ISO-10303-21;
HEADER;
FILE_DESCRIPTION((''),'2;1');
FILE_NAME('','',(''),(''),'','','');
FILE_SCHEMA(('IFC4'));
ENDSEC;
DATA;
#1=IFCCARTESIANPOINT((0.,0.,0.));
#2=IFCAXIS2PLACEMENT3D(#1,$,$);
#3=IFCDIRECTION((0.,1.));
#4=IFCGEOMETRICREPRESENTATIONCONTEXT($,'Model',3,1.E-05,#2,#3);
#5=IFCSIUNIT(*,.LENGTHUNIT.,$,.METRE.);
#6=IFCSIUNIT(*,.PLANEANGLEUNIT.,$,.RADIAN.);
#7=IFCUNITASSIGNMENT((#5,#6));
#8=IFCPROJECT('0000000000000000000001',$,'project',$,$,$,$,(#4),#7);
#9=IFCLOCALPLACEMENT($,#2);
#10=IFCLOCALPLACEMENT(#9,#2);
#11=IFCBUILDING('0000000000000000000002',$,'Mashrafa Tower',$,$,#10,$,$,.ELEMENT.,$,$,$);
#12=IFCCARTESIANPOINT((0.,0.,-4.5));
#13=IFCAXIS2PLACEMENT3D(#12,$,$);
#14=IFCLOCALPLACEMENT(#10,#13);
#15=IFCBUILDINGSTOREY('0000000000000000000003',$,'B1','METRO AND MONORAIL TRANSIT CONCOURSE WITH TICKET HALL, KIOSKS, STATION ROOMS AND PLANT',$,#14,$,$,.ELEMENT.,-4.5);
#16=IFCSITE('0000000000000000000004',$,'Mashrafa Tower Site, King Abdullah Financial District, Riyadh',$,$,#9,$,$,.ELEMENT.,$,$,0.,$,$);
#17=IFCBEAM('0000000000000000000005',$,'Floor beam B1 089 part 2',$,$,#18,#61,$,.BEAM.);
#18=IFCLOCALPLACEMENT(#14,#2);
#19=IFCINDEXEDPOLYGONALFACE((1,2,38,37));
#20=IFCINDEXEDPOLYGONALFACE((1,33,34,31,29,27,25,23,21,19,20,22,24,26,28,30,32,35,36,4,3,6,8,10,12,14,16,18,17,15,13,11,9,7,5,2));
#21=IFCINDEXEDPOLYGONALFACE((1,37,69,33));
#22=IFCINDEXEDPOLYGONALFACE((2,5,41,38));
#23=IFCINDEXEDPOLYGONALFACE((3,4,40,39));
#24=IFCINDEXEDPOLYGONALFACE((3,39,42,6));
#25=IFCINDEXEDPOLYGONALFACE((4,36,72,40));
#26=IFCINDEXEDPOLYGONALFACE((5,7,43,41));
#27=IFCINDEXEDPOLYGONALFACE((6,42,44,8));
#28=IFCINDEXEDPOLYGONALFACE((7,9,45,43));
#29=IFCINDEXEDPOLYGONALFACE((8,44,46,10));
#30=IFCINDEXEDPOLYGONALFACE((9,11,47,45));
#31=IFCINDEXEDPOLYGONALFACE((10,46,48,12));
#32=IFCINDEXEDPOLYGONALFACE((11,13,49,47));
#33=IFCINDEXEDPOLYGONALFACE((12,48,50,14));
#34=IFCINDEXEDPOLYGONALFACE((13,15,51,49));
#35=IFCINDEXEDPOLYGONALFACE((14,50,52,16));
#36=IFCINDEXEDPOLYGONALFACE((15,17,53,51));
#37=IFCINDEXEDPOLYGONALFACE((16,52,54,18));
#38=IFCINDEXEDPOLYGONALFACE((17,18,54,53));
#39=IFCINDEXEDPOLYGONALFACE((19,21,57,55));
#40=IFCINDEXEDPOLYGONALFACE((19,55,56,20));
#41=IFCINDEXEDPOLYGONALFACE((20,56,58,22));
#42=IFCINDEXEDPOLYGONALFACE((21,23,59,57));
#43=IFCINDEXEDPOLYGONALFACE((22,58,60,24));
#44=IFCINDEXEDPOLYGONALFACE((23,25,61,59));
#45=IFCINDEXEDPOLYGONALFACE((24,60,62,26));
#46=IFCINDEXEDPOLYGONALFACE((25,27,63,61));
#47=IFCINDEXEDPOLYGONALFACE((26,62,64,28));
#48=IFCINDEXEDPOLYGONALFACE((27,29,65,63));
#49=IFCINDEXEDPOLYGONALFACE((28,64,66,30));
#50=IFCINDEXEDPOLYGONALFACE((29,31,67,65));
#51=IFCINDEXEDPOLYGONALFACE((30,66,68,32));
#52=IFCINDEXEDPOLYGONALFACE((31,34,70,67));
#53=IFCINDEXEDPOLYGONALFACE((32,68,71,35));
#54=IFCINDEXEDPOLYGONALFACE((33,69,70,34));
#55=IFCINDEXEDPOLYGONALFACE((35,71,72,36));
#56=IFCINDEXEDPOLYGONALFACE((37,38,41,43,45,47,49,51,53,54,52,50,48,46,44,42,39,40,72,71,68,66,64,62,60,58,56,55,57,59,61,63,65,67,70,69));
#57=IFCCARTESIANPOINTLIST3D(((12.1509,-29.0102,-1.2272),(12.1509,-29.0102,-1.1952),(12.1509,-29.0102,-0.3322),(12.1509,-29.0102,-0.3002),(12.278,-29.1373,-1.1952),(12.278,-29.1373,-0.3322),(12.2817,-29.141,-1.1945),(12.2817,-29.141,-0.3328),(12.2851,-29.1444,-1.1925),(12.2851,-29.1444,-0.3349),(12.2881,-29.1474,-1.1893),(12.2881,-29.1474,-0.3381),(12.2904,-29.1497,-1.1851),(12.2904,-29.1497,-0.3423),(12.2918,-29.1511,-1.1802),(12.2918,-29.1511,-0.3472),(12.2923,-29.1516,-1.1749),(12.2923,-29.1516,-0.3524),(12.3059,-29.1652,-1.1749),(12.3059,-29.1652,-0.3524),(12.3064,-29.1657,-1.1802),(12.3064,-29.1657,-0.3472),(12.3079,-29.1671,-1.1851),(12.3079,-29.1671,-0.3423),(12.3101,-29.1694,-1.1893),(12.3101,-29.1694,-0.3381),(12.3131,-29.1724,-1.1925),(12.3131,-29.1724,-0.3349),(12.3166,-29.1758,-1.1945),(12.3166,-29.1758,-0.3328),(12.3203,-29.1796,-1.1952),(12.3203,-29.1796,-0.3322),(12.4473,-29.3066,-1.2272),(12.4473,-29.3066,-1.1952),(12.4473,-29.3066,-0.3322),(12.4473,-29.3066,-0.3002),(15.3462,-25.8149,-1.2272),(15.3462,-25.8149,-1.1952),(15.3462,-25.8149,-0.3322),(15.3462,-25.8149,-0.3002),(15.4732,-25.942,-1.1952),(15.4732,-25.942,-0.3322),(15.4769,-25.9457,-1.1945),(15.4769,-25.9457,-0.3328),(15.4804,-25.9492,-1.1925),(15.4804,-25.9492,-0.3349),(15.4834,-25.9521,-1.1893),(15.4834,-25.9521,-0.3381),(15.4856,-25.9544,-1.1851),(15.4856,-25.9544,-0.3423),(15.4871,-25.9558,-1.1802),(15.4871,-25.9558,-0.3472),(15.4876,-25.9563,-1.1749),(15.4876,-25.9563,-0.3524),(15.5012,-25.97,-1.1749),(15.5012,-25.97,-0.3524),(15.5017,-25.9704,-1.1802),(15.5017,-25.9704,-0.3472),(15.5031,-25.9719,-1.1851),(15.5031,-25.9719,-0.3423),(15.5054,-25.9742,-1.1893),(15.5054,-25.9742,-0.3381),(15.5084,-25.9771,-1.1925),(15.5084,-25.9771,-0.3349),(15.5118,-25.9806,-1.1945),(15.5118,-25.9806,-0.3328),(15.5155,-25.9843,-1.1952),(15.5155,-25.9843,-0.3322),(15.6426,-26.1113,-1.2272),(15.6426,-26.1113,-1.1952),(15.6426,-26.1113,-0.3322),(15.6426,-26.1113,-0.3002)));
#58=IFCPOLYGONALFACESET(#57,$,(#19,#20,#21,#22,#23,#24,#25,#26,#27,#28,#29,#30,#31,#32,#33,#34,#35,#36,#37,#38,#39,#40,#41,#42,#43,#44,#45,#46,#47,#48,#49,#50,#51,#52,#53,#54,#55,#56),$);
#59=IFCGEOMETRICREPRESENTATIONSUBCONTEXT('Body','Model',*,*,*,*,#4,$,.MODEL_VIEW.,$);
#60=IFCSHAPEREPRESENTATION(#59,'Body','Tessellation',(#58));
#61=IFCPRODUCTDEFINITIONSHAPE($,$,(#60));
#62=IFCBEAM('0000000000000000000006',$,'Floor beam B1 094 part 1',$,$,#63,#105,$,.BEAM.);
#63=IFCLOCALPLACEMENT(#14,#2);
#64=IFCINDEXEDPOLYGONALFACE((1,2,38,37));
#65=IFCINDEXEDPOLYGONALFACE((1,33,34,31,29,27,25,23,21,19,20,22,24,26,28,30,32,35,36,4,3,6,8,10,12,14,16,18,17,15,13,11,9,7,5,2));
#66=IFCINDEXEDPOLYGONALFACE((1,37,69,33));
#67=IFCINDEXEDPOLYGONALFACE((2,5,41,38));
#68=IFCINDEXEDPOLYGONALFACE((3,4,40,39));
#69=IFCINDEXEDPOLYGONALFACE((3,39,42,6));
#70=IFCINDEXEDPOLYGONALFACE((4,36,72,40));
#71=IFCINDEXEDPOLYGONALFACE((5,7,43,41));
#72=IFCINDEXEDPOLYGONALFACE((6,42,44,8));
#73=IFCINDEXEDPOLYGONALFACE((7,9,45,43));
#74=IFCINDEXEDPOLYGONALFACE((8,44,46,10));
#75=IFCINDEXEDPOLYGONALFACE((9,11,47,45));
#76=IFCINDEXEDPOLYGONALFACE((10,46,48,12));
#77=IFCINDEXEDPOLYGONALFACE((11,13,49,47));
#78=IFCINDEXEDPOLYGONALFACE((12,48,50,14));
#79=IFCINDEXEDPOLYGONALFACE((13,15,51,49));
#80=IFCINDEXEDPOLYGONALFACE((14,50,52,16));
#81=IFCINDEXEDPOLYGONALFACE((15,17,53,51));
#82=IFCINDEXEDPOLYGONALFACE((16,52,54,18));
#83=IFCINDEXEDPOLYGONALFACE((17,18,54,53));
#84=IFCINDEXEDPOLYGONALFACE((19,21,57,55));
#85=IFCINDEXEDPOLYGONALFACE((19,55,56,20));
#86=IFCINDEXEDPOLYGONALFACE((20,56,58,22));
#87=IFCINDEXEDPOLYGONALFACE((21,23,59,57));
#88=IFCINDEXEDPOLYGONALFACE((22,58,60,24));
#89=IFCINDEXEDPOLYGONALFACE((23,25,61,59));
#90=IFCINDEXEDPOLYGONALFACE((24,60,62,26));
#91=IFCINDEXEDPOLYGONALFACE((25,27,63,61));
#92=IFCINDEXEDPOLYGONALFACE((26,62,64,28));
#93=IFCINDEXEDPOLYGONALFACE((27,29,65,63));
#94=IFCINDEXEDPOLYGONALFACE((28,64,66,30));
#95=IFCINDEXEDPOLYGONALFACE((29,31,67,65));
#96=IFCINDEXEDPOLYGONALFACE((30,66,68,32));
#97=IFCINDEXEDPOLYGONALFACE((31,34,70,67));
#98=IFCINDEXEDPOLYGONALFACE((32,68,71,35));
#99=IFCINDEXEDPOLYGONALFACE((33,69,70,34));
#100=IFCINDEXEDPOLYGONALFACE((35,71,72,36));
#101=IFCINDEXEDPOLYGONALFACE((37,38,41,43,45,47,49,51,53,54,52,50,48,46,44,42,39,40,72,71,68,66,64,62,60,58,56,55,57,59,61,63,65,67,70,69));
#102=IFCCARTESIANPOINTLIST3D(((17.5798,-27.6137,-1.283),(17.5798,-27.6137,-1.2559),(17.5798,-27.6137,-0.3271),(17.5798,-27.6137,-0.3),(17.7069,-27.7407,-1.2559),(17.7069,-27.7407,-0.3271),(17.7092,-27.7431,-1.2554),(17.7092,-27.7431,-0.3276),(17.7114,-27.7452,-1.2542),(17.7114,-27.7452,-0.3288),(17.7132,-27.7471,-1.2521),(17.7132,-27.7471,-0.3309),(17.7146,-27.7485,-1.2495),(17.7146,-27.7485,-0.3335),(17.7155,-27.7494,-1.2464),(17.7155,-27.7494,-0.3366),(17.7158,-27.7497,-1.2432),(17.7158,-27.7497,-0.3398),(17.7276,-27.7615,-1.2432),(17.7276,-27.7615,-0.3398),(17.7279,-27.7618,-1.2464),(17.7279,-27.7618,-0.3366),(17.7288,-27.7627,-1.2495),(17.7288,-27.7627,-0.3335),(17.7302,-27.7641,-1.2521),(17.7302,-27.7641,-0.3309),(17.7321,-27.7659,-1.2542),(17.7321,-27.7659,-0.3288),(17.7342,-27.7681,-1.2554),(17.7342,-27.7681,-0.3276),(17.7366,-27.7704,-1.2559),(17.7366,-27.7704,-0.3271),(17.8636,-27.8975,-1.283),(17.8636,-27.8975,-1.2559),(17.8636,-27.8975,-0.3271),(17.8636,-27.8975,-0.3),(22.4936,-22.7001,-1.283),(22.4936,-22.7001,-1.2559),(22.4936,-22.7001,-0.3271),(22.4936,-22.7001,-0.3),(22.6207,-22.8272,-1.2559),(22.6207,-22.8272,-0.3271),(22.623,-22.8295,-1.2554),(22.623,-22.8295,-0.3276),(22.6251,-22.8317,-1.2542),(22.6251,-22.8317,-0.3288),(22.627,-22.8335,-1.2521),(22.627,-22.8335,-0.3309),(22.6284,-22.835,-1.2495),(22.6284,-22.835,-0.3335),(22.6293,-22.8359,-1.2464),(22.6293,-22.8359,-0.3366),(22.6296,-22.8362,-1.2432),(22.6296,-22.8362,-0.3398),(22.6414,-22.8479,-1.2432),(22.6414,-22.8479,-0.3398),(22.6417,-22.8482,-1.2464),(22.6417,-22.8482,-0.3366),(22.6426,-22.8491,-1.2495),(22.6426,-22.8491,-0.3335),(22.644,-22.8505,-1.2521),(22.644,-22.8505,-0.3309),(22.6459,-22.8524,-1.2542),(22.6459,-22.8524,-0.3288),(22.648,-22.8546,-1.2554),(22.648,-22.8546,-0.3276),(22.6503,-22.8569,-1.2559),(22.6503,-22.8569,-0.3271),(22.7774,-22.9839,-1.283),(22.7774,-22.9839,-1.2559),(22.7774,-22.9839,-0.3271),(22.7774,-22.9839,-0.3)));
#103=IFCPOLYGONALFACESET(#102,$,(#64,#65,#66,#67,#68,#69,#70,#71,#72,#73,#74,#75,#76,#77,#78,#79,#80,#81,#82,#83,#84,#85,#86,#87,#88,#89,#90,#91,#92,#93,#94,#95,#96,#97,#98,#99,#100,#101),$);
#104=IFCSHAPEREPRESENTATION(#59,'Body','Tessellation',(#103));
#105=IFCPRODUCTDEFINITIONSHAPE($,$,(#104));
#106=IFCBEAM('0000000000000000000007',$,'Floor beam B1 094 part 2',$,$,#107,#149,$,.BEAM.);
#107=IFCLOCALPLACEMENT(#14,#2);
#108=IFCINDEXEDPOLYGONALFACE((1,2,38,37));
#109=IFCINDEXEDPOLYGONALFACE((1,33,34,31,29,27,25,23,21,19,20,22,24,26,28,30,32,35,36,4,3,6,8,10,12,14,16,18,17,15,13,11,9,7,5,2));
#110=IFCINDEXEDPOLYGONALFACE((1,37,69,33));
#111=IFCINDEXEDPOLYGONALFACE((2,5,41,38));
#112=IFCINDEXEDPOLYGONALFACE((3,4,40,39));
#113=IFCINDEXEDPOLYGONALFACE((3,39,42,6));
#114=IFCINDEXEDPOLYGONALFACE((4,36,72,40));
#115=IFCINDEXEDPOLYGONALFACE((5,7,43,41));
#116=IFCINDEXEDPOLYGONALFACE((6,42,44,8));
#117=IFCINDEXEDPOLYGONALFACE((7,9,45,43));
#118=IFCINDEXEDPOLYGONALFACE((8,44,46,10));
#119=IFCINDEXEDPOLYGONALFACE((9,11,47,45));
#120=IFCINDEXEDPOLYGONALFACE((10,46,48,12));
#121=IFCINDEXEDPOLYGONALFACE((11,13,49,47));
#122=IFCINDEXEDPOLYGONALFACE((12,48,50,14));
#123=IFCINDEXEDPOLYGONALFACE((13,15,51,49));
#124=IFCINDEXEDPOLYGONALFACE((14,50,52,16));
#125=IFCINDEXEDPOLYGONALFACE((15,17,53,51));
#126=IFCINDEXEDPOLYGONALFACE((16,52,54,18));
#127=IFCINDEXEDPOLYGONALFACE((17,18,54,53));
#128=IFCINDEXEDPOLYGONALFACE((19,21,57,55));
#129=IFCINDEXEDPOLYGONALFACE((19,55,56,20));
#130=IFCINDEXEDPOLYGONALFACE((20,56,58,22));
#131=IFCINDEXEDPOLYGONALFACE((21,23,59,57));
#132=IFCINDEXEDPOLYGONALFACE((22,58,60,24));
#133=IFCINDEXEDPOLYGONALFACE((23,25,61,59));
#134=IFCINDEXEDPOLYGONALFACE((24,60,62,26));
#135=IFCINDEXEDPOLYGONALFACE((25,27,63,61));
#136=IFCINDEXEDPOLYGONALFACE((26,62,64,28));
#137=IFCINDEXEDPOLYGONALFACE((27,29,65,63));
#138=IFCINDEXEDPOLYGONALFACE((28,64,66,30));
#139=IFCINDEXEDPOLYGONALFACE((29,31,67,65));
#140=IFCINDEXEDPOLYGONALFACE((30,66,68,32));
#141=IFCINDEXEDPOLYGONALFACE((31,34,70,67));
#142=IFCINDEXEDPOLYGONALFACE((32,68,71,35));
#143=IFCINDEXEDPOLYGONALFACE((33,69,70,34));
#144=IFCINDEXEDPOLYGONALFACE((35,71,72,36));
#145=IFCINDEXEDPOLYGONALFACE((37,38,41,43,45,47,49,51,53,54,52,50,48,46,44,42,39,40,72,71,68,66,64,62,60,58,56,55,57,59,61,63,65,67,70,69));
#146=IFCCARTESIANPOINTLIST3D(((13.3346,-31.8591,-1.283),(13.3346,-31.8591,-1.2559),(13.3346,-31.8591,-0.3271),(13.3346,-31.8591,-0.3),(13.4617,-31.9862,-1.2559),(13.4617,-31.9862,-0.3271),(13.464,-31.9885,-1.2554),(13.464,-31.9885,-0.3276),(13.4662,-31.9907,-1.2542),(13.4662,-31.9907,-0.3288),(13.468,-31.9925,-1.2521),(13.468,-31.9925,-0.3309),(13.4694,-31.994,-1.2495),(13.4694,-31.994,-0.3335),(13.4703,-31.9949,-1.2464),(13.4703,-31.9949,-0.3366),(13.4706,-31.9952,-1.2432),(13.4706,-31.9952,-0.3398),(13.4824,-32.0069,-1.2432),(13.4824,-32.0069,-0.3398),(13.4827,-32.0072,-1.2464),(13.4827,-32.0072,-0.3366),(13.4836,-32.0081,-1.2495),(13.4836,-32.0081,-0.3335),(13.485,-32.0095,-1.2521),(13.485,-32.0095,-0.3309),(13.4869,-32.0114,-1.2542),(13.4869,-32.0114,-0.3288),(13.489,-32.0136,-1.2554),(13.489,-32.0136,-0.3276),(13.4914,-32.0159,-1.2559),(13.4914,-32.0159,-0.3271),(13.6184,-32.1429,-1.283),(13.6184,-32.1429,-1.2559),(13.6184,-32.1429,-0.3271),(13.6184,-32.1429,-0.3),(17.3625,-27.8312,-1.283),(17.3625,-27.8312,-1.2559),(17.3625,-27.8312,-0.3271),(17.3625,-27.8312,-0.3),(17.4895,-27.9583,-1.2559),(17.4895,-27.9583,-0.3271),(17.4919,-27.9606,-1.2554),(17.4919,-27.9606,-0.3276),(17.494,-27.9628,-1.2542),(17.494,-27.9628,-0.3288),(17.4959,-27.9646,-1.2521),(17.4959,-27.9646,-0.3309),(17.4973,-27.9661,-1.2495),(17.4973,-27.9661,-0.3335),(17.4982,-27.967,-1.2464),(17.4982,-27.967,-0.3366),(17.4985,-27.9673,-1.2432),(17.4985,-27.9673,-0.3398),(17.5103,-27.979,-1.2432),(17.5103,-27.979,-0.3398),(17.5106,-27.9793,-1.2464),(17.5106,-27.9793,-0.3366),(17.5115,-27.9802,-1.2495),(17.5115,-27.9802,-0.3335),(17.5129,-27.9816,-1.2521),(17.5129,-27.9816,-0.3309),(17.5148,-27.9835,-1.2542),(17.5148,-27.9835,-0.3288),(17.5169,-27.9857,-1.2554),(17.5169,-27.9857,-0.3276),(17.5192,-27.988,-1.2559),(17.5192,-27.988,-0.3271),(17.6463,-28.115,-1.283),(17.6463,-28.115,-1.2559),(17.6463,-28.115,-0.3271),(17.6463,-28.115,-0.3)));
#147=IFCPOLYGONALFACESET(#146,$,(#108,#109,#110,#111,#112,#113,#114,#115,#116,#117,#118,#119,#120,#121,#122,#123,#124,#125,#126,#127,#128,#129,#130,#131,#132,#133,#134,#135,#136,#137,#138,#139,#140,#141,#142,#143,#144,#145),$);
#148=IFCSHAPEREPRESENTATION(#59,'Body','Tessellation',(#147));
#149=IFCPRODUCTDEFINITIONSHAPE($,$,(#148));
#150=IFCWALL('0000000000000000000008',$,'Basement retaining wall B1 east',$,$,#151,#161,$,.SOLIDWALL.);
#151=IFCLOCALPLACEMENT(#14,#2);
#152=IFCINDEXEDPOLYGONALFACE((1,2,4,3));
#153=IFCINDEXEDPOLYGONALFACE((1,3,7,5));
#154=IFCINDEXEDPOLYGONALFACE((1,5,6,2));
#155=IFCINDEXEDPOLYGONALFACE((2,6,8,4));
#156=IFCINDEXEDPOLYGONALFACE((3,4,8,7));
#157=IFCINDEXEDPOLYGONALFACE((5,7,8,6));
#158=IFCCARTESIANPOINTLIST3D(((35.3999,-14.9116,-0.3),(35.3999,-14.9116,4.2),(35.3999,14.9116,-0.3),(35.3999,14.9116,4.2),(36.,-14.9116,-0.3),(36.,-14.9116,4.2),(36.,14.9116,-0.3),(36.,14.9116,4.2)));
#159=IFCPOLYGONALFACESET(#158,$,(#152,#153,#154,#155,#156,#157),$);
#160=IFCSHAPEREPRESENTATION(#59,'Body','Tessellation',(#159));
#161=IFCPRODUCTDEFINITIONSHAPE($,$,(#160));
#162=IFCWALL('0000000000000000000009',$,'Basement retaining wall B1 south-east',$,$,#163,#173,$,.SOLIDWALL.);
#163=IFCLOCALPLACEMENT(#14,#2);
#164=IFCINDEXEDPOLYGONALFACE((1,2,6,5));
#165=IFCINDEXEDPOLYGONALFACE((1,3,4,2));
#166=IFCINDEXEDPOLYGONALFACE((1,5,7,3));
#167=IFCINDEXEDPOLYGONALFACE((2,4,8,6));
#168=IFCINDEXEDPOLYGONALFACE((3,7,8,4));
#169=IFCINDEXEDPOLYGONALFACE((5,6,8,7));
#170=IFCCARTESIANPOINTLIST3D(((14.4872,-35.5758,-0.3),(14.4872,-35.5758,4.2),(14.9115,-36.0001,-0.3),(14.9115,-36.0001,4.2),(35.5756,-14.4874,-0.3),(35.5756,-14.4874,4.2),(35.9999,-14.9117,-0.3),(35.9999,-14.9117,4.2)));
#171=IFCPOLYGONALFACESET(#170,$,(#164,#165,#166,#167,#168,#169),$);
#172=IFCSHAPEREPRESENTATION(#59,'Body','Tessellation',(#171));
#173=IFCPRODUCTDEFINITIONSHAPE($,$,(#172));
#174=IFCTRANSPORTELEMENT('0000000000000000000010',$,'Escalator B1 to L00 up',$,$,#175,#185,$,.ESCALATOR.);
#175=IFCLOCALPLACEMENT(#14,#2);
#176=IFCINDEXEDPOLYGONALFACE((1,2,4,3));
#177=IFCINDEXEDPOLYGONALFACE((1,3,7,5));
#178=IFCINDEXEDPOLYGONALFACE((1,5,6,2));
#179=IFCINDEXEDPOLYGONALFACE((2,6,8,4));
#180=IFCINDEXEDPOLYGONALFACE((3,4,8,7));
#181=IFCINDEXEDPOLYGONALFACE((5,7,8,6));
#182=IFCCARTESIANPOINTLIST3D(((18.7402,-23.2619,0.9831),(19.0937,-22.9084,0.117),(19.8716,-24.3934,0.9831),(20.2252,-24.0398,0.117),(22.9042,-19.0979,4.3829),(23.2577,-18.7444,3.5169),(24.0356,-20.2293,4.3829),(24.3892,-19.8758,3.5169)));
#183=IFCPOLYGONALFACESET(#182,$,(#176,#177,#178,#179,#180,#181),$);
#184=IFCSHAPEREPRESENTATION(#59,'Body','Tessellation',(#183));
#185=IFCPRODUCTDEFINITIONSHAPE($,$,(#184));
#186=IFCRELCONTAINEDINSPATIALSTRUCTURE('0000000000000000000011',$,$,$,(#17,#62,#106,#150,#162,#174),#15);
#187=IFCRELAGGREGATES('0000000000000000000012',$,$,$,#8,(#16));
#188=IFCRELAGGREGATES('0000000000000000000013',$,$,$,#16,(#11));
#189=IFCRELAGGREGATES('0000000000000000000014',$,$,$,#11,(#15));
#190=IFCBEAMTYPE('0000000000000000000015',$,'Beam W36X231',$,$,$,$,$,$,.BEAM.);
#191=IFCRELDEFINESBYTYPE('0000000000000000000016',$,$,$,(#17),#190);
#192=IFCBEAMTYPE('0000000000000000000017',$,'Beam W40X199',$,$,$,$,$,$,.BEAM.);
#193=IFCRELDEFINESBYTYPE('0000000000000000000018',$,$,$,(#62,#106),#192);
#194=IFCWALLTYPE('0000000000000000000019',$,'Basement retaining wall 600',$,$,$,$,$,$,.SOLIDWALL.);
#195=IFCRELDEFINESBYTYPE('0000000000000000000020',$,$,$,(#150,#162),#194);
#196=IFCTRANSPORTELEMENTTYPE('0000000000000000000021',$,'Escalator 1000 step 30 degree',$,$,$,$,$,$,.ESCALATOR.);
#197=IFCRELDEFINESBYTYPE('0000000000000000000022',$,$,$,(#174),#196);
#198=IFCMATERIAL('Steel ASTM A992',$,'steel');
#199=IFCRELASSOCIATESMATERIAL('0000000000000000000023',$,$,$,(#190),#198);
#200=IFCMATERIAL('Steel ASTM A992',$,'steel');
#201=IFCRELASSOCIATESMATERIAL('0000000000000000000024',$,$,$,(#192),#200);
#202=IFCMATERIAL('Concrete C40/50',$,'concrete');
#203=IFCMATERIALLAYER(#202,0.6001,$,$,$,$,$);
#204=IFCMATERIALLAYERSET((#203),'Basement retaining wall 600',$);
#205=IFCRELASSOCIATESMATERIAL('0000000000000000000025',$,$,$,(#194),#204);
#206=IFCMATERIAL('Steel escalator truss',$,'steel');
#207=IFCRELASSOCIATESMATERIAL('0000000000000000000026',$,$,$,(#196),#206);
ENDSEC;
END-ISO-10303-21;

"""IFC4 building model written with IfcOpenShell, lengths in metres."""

from ifc_helpers import new_model, si_unit, direction, frame, frame_2d, origin, origin_2d, place, context, subcontext, project, spatial, rectangle, i_section, extrude, material, layer, layer_set, material_profile, profile_set, type_object, element, save


model = new_model("IFC4")

# Units and contexts
model_context = context("Model", 3, precision=1e-05, world=origin(), true_north=direction((0.0, 1.0)))
body_context = subcontext(model_context, "Body", "Model", "MODEL_VIEW")
ifc_project = project(units=[si_unit("LENGTHUNIT", "METRE"), si_unit("PLANEANGLEUNIT", "RADIAN")], contexts=[model_context])

# Site, building, storey
site_placement = place(None, origin())
site = spatial("IfcSite", under=ifc_project, at=site_placement, Name="Mashrafa Tower Site, King Abdullah Financial District, Riyadh", CompositionType="ELEMENT", RefElevation=0.0)
building_placement = place(site_placement, origin())
building = spatial("IfcBuilding", under=site, at=building_placement, Name="Mashrafa Tower", CompositionType="ELEMENT")
storey_placement = place(building_placement, frame((0.0, 0.0, -4.5)))
storey = spatial("IfcBuildingStorey", under=building, at=storey_placement, Name="B1", Description="METRO AND MONORAIL TRANSIT CONCOURSE WITH TICKET HALL, KIOSKS, STATION ROOMS AND PLANT", CompositionType="ELEMENT", Elevation=-4.5)

# Beams
ifc_material_1 = material(Name="Steel ASTM A992", Category="steel")
ifc_material_profile_1 = material_profile(ifc_material_1, i_section(OverallWidth=0.4192, OverallDepth=0.927, WebThickness=0.0193, FlangeThickness=0.032, FilletRadius=0.0203, at=origin_2d()), Name="W36X231")
ifc_profile_set_1 = profile_set([ifc_material_profile_1], Name="Steel ASTM A992")
beam_type_1 = type_object("IfcBeamType", Name="Beam W36X231", PredefinedType="BEAM", material=ifc_profile_set_1)
beam_1_placement = place(storey_placement, frame((15.4944, -25.9631, -0.7637), z_axis=(-0.707107, -0.707107, 0.0), x_axis=(0.707107, -0.707107, 0.0)))
element("IfcBeam", 1, at=beam_1_placement, inside=storey, type_object=beam_type_1, Name="Floor beam B1 089 part 2", PredefinedType="BEAM", context=body_context, shape_type="SweptSolid", body=[
    extrude(i_section(OverallWidth=0.4192, OverallDepth=0.927, WebThickness=0.0193, FlangeThickness=0.032, FilletRadius=0.0203, at=origin_2d()), origin(), (0.0, 0.0, 1.0), 4.5188),
])
ifc_material_2 = material(Name="Steel ASTM A992", Category="steel")
ifc_material_profile_2 = material_profile(ifc_material_2, i_section(OverallWidth=0.4014, OverallDepth=0.9829, WebThickness=0.0166, FlangeThickness=0.0271, FilletRadius=0.0127, at=origin_2d()), Name="W40X199")
ifc_profile_set_2 = profile_set([ifc_material_profile_2], Name="Steel ASTM A992")
beam_type_2 = type_object("IfcBeamType", Name="Beam W40X199", PredefinedType="BEAM", material=ifc_profile_set_2)
beam_2_placement = place(storey_placement, frame((22.6355, -22.842, -0.7915), z_axis=(-0.707124, -0.707089, 0.0), x_axis=(0.707089, -0.707124, 0.0)))
element("IfcBeam", 2, at=beam_2_placement, inside=storey, type_object=beam_type_2, Name="Floor beam B1 094 part 1", PredefinedType="BEAM", context=body_context, shape_type="SweptSolid", body=[
    extrude(i_section(OverallWidth=0.4014, OverallDepth=0.9829, WebThickness=0.0166, FlangeThickness=0.0271, FilletRadius=0.0127, at=origin_2d()), origin(), (0.0, 0.0, 1.0), 6.949),
])
beam_3_placement = place(storey_placement, frame((17.5044, -27.9731, -0.7915), z_axis=(-0.707107, -0.707107, 0.0), x_axis=(0.707107, -0.707107, 0.0)))
element("IfcBeam", 3, at=beam_3_placement, inside=storey, type_object=beam_type_2, Name="Floor beam B1 094 part 2", PredefinedType="BEAM", context=body_context, shape_type="SweptSolid", body=[
    extrude(i_section(OverallWidth=0.4014, OverallDepth=0.9829, WebThickness=0.0166, FlangeThickness=0.0271, FilletRadius=0.0127, at=origin_2d()), origin(), (0.0, 0.0, 1.0), 5.6963),
])

# Walls
ifc_material_3 = material(Name="Concrete C40/50", Category="concrete")
ifc_layer = layer(ifc_material_3, 0.6001)
ifc_layer_set = layer_set([ifc_layer], Name="Basement retaining wall 600")
wall_type = type_object("IfcWallType", Name="Basement retaining wall 600", PredefinedType="SOLIDWALL", material=ifc_layer_set)
wall_1_placement = place(storey_placement, frame((35.7, -14.9116, -0.3), z_axis=(0.0, 0.0, 1.0), x_axis=(0.0, 1.0, 0.0)))
element("IfcWall", 4, at=wall_1_placement, inside=storey, type_object=wall_type, Name="Basement retaining wall B1 east", PredefinedType="SOLIDWALL", context=body_context, shape_type="SweptSolid", body=[
    extrude(rectangle(XDim=29.8232, YDim=0.6001, at=frame_2d((14.9116, 0.0))), origin(), (0.0, 0.0, 1.0), 4.5),
])
wall_2_placement = place(storey_placement, frame((14.6995, -35.7878, -0.3), z_axis=(0.0, 0.0, 1.0), x_axis=(0.707107, 0.707107, 0.0)))
element("IfcWall", 5, at=wall_2_placement, inside=storey, type_object=wall_type, Name="Basement retaining wall B1 south-east", PredefinedType="SOLIDWALL", context=body_context, shape_type="SweptSolid", body=[
    extrude(rectangle(XDim=29.8235, YDim=0.6001, at=frame_2d((14.9116, 0.0))), origin(), (0.0, 0.0, 1.0), 4.5),
])

# Transport element
ifc_material_4 = material(Name="Steel escalator truss", Category="steel")
transport_element_type = type_object("IfcTransportElementType", Name="Escalator 1000 step 30 degree", PredefinedType="ESCALATOR", material=ifc_material_4)
transport_element_1_placement = place(storey_placement, frame((19.4827, -23.6509, 0.55), z_axis=(0.612374, 0.612374, 0.499996), x_axis=(-0.707107, 0.707107, 0.0)))
element("IfcTransportElement", 6, at=transport_element_1_placement, inside=storey, type_object=transport_element_type, Name="Escalator B1 to L00 up", PredefinedType="ESCALATOR", context=body_context, shape_type="SweptSolid", body=[
    extrude(rectangle(XDim=1.6001, YDim=1.0, at=origin_2d()), origin(), (0.0, 0.0, 1.0), 6.7998),
])

save(model, "model.ifc")
